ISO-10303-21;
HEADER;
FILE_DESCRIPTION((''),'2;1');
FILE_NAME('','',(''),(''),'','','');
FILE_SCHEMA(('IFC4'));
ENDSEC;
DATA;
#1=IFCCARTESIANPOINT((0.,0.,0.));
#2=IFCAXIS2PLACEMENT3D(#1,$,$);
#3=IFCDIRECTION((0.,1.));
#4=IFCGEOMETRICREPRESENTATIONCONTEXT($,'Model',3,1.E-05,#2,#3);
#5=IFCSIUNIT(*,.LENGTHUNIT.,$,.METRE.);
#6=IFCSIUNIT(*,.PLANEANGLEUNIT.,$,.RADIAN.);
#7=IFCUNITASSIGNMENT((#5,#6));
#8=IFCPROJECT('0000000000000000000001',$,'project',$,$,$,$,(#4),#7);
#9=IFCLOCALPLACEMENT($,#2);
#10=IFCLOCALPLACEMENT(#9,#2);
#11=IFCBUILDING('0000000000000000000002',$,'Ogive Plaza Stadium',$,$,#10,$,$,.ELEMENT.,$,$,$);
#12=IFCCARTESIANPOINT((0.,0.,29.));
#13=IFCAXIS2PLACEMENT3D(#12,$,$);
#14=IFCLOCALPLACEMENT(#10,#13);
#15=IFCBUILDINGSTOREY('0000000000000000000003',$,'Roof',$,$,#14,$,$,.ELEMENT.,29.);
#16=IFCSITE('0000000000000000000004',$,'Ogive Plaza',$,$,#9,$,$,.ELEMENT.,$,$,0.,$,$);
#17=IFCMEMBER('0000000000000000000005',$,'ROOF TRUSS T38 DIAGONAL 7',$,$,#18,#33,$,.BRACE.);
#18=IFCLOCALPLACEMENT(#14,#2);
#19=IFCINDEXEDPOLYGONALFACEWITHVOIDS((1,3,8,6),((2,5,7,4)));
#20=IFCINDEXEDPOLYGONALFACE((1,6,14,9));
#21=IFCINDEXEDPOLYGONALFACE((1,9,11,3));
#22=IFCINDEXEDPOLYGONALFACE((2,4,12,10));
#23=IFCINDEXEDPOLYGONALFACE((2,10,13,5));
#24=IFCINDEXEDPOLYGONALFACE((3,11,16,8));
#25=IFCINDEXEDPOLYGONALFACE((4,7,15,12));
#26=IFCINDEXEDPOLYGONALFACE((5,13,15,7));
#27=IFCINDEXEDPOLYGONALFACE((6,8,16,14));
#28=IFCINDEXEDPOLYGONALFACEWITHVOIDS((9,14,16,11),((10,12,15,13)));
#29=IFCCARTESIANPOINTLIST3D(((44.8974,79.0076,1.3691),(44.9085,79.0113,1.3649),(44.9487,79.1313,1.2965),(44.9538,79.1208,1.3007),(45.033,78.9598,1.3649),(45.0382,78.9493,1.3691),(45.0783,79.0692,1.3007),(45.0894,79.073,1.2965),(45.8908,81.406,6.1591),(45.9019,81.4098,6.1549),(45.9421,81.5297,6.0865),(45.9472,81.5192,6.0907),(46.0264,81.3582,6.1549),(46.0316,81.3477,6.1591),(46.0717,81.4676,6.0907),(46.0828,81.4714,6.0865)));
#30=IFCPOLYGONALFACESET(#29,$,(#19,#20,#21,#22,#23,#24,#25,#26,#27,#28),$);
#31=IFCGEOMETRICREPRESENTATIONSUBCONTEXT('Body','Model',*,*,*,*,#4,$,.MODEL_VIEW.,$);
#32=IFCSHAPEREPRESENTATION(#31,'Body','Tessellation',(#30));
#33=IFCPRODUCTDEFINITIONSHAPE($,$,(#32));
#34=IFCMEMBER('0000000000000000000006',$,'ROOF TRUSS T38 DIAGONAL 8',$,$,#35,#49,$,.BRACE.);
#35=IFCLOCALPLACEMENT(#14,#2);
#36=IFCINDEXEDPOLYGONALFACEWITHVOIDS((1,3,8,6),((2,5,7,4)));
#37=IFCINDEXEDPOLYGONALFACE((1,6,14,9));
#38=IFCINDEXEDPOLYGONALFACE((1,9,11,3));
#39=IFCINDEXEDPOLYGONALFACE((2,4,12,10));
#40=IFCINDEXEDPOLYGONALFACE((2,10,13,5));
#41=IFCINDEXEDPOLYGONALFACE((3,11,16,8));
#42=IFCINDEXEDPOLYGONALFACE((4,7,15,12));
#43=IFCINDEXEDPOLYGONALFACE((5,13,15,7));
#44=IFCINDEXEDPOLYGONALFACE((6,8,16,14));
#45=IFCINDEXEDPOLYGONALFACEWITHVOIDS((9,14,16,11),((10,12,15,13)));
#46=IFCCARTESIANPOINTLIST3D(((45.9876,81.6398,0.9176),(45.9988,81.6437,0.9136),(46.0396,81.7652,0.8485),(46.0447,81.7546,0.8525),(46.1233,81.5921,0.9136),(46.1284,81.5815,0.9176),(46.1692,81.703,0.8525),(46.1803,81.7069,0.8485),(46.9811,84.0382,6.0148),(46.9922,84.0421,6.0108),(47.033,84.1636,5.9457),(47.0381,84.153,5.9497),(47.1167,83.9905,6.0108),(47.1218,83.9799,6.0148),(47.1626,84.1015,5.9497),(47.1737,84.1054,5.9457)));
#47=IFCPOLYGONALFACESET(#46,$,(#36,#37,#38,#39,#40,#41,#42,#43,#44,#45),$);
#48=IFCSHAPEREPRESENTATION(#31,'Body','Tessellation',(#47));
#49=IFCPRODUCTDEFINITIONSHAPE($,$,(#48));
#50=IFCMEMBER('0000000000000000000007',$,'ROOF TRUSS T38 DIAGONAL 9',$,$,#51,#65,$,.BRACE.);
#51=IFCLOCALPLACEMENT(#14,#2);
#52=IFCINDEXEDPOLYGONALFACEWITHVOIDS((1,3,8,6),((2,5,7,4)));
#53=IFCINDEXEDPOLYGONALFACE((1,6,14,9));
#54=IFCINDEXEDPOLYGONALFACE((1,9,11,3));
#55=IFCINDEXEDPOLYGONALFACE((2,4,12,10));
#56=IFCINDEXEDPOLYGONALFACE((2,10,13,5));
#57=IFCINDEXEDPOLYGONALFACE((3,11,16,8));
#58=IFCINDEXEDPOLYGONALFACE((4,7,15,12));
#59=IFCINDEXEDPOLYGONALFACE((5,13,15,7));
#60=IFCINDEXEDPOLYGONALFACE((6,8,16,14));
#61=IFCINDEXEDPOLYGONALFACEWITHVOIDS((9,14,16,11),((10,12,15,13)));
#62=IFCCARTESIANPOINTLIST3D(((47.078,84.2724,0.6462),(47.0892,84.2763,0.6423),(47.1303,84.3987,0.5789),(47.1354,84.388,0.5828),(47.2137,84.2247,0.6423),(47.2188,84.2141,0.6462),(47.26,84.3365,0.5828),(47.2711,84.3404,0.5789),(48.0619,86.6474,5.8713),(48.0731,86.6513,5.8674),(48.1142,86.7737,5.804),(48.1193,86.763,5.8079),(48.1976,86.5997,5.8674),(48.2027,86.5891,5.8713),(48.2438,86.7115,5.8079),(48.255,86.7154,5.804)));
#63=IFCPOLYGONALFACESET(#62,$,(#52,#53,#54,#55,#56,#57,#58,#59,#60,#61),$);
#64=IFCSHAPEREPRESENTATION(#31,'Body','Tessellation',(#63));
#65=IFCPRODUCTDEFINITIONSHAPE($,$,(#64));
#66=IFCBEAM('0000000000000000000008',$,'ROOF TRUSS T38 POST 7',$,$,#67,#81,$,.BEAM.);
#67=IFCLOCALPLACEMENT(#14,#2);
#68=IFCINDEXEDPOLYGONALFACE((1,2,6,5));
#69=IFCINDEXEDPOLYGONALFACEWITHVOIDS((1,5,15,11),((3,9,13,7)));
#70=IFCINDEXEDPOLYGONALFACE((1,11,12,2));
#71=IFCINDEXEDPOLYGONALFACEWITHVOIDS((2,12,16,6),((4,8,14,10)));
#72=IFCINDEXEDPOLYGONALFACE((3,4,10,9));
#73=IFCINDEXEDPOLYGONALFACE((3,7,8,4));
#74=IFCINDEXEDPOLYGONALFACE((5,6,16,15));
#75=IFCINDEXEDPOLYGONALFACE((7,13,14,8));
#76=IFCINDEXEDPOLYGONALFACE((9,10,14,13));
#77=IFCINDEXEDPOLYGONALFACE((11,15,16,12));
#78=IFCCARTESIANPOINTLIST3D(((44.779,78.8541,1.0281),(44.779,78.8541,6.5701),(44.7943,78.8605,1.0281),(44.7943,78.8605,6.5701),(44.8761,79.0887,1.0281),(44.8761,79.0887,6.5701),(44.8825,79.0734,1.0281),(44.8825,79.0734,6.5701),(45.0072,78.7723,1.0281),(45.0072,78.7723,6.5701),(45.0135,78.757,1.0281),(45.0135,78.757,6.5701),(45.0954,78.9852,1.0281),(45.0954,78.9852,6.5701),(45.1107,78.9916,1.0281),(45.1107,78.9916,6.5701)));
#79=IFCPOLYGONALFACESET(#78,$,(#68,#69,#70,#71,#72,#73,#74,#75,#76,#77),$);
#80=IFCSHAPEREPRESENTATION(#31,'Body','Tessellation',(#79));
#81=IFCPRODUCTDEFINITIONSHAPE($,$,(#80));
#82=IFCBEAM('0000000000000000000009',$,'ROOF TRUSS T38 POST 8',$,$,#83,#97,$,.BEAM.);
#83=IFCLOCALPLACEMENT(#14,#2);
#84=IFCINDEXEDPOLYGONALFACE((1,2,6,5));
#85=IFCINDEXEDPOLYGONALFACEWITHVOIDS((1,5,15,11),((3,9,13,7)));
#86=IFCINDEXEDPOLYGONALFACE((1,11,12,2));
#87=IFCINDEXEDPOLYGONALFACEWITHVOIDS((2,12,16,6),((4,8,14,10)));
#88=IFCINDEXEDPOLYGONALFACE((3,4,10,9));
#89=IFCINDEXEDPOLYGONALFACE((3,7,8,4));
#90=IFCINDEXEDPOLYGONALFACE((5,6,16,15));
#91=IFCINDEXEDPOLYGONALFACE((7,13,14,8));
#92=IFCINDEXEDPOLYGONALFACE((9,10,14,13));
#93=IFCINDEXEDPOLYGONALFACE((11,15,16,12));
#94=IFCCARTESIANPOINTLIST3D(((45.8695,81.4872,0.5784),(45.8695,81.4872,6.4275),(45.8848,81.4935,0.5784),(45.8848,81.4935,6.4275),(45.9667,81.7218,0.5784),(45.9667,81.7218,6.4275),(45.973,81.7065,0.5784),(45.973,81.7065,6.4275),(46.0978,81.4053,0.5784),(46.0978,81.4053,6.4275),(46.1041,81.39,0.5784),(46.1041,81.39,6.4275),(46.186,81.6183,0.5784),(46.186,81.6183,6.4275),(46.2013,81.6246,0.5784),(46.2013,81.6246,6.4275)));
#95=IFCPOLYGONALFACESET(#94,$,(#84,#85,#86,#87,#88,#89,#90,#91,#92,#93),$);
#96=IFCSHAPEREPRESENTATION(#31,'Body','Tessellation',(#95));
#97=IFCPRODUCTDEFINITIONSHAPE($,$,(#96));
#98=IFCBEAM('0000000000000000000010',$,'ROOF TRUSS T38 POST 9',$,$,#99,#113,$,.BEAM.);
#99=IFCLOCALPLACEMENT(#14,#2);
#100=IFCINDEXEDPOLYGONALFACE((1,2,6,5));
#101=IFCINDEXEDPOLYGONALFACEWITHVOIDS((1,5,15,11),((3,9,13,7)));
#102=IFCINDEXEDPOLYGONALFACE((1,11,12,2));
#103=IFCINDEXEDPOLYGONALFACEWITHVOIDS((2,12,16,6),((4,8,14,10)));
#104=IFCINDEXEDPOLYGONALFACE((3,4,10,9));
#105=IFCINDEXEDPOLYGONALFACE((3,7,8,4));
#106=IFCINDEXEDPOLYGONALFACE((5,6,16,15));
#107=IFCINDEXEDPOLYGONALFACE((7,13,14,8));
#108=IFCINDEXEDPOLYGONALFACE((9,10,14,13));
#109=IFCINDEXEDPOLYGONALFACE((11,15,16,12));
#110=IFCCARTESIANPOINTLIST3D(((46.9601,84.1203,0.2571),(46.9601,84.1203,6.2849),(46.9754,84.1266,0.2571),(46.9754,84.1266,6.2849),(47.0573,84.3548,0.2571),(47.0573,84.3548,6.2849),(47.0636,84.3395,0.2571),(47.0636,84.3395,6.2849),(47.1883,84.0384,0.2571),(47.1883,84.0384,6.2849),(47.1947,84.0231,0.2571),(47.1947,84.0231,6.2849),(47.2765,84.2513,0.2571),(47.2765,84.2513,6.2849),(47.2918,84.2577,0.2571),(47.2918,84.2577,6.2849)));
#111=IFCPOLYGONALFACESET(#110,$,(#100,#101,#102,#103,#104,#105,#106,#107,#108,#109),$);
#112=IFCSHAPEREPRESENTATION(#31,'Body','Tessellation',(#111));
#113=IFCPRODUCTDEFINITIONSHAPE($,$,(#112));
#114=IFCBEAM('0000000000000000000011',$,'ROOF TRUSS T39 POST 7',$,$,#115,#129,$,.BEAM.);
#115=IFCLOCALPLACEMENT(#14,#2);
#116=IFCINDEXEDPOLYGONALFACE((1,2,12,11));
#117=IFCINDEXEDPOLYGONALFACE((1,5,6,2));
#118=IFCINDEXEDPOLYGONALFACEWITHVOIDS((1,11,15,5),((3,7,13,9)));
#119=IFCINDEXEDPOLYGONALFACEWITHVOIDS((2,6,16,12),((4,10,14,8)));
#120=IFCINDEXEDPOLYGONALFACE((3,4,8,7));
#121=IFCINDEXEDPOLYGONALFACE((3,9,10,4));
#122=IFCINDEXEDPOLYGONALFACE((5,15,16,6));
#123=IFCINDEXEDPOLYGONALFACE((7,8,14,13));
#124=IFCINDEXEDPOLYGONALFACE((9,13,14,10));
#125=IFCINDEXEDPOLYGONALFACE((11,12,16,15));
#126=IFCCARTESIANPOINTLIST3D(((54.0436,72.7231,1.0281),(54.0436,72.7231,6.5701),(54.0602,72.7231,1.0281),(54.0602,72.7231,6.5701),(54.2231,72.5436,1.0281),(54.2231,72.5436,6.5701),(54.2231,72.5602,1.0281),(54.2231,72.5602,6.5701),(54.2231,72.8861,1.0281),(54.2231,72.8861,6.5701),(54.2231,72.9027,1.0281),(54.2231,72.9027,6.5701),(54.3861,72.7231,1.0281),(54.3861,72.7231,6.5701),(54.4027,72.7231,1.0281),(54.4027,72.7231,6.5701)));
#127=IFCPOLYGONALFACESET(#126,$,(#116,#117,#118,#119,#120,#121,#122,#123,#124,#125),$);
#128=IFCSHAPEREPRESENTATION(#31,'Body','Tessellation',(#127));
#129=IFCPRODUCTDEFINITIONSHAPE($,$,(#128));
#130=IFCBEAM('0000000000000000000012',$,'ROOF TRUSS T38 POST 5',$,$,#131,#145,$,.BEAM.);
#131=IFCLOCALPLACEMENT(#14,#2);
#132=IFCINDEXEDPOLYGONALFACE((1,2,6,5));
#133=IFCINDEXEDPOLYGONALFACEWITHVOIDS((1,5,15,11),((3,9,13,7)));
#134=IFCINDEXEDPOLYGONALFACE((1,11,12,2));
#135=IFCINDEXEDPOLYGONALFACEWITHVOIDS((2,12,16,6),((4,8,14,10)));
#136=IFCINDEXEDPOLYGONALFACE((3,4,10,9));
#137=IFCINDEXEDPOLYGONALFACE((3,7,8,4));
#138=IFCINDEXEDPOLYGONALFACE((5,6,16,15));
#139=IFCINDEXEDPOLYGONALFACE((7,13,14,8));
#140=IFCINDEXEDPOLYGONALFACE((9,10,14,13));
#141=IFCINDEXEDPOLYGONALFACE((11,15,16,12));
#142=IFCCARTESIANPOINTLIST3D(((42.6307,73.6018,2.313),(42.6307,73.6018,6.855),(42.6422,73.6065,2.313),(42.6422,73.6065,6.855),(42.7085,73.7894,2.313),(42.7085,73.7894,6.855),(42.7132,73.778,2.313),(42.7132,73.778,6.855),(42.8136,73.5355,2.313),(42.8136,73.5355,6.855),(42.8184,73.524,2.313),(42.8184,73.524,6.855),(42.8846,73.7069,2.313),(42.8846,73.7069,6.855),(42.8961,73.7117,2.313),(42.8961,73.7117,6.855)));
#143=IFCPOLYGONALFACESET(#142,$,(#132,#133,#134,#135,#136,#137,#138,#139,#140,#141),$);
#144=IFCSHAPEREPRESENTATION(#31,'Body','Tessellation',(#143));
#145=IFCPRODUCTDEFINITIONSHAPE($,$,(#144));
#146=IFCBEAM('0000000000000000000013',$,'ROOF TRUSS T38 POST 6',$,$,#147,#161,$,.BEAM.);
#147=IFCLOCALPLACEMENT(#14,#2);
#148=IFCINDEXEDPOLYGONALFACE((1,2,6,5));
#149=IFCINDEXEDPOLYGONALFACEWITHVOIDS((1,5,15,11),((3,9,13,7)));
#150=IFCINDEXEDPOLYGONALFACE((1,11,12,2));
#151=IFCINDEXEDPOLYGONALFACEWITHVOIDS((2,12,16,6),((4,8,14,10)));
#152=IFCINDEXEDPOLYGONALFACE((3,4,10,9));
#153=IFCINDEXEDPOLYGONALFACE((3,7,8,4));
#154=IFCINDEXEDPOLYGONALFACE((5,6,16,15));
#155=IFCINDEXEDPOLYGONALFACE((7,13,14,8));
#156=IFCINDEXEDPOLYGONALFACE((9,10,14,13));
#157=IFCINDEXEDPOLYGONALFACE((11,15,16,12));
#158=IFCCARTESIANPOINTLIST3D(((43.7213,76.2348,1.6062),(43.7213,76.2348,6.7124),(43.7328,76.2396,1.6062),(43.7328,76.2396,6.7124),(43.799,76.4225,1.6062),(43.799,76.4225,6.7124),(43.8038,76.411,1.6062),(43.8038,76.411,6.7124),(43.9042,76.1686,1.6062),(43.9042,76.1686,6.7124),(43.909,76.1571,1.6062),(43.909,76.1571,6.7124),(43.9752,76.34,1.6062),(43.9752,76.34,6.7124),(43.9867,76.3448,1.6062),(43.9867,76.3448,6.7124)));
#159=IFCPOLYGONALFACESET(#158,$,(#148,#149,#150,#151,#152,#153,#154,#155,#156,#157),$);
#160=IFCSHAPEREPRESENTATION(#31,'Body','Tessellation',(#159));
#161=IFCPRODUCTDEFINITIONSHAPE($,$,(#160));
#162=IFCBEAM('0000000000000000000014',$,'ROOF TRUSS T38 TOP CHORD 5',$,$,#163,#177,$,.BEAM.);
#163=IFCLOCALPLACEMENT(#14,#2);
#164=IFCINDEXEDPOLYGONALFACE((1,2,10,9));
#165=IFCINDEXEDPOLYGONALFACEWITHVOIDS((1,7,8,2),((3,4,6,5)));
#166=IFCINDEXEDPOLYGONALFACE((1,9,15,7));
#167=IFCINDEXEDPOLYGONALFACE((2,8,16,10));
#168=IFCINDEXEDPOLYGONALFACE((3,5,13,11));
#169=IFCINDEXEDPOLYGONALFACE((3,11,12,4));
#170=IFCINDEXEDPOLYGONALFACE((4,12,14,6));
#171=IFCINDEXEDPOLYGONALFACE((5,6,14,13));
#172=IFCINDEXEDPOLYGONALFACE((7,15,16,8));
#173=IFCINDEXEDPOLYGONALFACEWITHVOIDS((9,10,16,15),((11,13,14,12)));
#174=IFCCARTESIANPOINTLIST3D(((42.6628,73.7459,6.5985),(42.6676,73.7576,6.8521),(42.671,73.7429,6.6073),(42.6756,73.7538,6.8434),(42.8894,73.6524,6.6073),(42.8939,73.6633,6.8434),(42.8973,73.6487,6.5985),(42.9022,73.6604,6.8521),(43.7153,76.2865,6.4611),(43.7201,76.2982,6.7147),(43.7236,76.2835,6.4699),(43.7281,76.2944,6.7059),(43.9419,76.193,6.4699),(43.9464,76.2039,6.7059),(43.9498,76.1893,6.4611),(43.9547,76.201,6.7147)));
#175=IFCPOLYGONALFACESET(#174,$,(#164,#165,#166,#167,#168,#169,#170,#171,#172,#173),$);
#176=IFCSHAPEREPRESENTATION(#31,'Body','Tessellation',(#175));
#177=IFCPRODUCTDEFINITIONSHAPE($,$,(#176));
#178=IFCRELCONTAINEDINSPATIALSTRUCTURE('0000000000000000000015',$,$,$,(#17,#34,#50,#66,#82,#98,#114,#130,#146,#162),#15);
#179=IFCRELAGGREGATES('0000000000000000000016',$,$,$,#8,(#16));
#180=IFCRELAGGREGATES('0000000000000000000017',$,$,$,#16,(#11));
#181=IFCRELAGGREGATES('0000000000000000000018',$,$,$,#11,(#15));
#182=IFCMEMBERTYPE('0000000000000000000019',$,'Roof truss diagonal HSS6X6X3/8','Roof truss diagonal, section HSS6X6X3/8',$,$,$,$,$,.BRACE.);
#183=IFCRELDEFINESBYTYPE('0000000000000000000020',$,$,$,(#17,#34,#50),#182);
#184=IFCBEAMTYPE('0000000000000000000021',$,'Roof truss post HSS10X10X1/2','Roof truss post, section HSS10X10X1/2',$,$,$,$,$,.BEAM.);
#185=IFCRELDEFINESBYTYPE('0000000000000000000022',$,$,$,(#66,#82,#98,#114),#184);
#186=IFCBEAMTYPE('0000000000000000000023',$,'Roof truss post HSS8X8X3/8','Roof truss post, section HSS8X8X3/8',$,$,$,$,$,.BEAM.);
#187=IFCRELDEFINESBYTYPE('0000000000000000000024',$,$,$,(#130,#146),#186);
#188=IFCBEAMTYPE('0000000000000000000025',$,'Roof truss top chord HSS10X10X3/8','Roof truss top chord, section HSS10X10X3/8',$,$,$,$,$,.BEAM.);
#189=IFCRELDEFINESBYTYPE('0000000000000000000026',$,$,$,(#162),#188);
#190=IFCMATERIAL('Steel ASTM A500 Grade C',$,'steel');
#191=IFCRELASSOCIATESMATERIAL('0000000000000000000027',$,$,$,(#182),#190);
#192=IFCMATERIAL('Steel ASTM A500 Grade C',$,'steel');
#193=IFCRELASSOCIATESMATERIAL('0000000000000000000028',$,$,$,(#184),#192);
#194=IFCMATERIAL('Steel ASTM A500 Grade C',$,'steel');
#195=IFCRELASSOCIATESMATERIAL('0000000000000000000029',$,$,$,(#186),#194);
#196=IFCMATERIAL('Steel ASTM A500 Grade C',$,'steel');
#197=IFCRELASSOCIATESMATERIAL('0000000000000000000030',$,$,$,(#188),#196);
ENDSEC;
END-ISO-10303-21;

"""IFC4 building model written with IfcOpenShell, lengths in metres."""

from ifc_helpers import new_model, si_unit, direction, frame, origin, origin_2d, place, context, subcontext, project, spatial, hollow_rectangle, extrude, material, material_profile, profile_set, type_object, element, save


model = new_model("IFC4")

# Units and contexts
model_context = context("Model", 3, precision=1e-05, world=origin(), true_north=direction((0.0, 1.0)))
body_context = subcontext(model_context, "Body", "Model", "MODEL_VIEW")
ifc_project = project(units=[si_unit("LENGTHUNIT", "METRE"), si_unit("PLANEANGLEUNIT", "RADIAN")], contexts=[model_context])

# Site, building, storey
site_placement = place(None, origin())
site = spatial("IfcSite", under=ifc_project, at=site_placement, Name="Ogive Plaza", CompositionType="ELEMENT", RefElevation=0.0)
building_placement = place(site_placement, origin())
building = spatial("IfcBuilding", under=site, at=building_placement, Name="Ogive Plaza Stadium", CompositionType="ELEMENT")
storey_placement = place(building_placement, frame((0.0, 0.0, 29.0)))
storey = spatial("IfcBuildingStorey", under=building, at=storey_placement, Name="Roof", CompositionType="ELEMENT", Elevation=29.0)

# Members
ifc_material_1 = material(Name="Steel ASTM A500 Grade C", Category="steel")
ifc_material_profile_1 = material_profile(ifc_material_1, hollow_rectangle(XDim=0.1523, YDim=0.1523, WallThickness=0.0088, at=origin_2d()), Name="HSS6X6X3/8")
ifc_profile_set_1 = profile_set([ifc_material_profile_1], Name="Steel ASTM A500 Grade C")
member_type_1 = type_object("IfcMemberType", Name="Roof truss diagonal HSS6X6X3/8", Description="Roof truss diagonal, section HSS6X6X3/8", PredefinedType="BRACE", material=ifc_profile_set_1)
member_1_placement = place(storey_placement, frame((44.9934, 79.0403, 1.3328), z_axis=(0.182334, 0.440219, 0.879183), x_axis=(-0.923887, 0.382665, 0.0)))
element("IfcMember", 1, at=member_1_placement, inside=storey, type_object=member_type_1, Name="ROOF TRUSS T38 DIAGONAL 7", PredefinedType="BRACE", context=body_context, shape_type="SweptSolid", body=[
    extrude(hollow_rectangle(XDim=0.1523, YDim=0.1523, WallThickness=0.0088, at=origin_2d()), origin(), (0.0, 0.0, 1.0), 5.4482),
])
member_2_placement = place(storey_placement, frame((46.084, 81.6733, 0.8831), z_axis=(0.173667, 0.419294, 0.891085), x_axis=(-0.923887, 0.382665, 0.0)))
element("IfcMember", 2, at=member_2_placement, inside=storey, type_object=member_type_1, Name="ROOF TRUSS T38 DIAGONAL 8", PredefinedType="BRACE", context=body_context, shape_type="SweptSolid", body=[
    extrude(hollow_rectangle(XDim=0.1523, YDim=0.1523, WallThickness=0.0088, at=origin_2d()), origin(), (0.0, 0.0, 1.0), 5.7202),
])
member_3_placement = place(storey_placement, frame((47.1746, 84.3064, 0.6125), z_axis=(0.168958, 0.407847, 0.897281), x_axis=(-0.923862, 0.382726, 0.0)))
element("IfcMember", 3, at=member_3_placement, inside=storey, type_object=member_type_1, Name="ROOF TRUSS T38 DIAGONAL 9", PredefinedType="BRACE", context=body_context, shape_type="SweptSolid", body=[
    extrude(hollow_rectangle(XDim=0.1523, YDim=0.1523, WallThickness=0.0088, at=origin_2d()), origin(), (0.0, 0.0, 1.0), 5.8232),
])

# Beams
ifc_material_2 = material(Name="Steel ASTM A500 Grade C", Category="steel")
ifc_material_profile_2 = material_profile(ifc_material_2, hollow_rectangle(XDim=0.2539, YDim=0.2539, WallThickness=0.0117, at=origin_2d()), Name="HSS10X10X1/2")
ifc_profile_set_2 = profile_set([ifc_material_profile_2], Name="Steel ASTM A500 Grade C")
beam_type_1 = type_object("IfcBeamType", Name="Roof truss post HSS10X10X1/2", Description="Roof truss post, section HSS10X10X1/2", PredefinedType="BEAM", material=ifc_profile_set_2)
beam_1_placement = place(storey_placement, frame((44.9448, 78.9229, 1.0281), z_axis=(0.0, 0.0, 1.0), x_axis=(-0.92388, 0.382683, 0.0)))
element("IfcBeam", 4, at=beam_1_placement, inside=storey, type_object=beam_type_1, Name="ROOF TRUSS T38 POST 7", PredefinedType="BEAM", context=body_context, shape_type="SweptSolid", body=[
    extrude(hollow_rectangle(XDim=0.2539, YDim=0.2539, WallThickness=0.0117, at=origin_2d()), origin(), (0.0, 0.0, 1.0), 5.542),
])
beam_2_placement = place(storey_placement, frame((46.0354, 81.5559, 0.5784), z_axis=(0.0, 0.0, 1.0), x_axis=(-0.92388, 0.382683, 0.0)))
element("IfcBeam", 5, at=beam_2_placement, inside=storey, type_object=beam_type_1, Name="ROOF TRUSS T38 POST 8", PredefinedType="BEAM", context=body_context, shape_type="SweptSolid", body=[
    extrude(hollow_rectangle(XDim=0.2539, YDim=0.2539, WallThickness=0.0117, at=origin_2d()), origin(), (0.0, 0.0, 1.0), 5.8491),
])
beam_3_placement = place(storey_placement, frame((47.126, 84.189, 0.2571), z_axis=(0.0, 0.0, 1.0), x_axis=(-0.92388, 0.382683, 0.0)))
element("IfcBeam", 6, at=beam_3_placement, inside=storey, type_object=beam_type_1, Name="ROOF TRUSS T38 POST 9", PredefinedType="BEAM", context=body_context, shape_type="SweptSolid", body=[
    extrude(hollow_rectangle(XDim=0.2539, YDim=0.2539, WallThickness=0.0117, at=origin_2d()), origin(), (0.0, 0.0, 1.0), 6.0278),
])
beam_4_placement = place(storey_placement, frame((54.2231, 72.7231, 1.0281), z_axis=(0.0, 0.0, 1.0), x_axis=(-0.707107, 0.707107, 0.0)))
element("IfcBeam", 7, at=beam_4_placement, inside=storey, type_object=beam_type_1, Name="ROOF TRUSS T39 POST 7", PredefinedType="BEAM", context=body_context, shape_type="SweptSolid", body=[
    extrude(hollow_rectangle(XDim=0.2539, YDim=0.2539, WallThickness=0.0117, at=origin_2d()), origin(), (0.0, 0.0, 1.0), 5.542),
])
ifc_material_3 = material(Name="Steel ASTM A500 Grade C", Category="steel")
ifc_material_profile_3 = material_profile(ifc_material_3, hollow_rectangle(XDim=0.2031, YDim=0.2031, WallThickness=0.0088, at=origin_2d()), Name="HSS8X8X3/8")
ifc_profile_set_3 = profile_set([ifc_material_profile_3], Name="Steel ASTM A500 Grade C")
beam_type_2 = type_object("IfcBeamType", Name="Roof truss post HSS8X8X3/8", Description="Roof truss post, section HSS8X8X3/8", PredefinedType="BEAM", material=ifc_profile_set_3)
beam_5_placement = place(storey_placement, frame((42.7634, 73.6567, 2.313), z_axis=(0.0, 0.0, 1.0), x_axis=(-0.92388, 0.382683, 0.0)))
element("IfcBeam", 8, at=beam_5_placement, inside=storey, type_object=beam_type_2, Name="ROOF TRUSS T38 POST 5", PredefinedType="BEAM", context=body_context, shape_type="SweptSolid", body=[
    extrude(hollow_rectangle(XDim=0.2031, YDim=0.2031, WallThickness=0.0088, at=origin_2d()), origin(), (0.0, 0.0, 1.0), 4.542),
])
beam_6_placement = place(storey_placement, frame((43.854, 76.2898, 1.6062), z_axis=(0.0, 0.0, 1.0), x_axis=(-0.92388, 0.382683, 0.0)))
element("IfcBeam", 9, at=beam_6_placement, inside=storey, type_object=beam_type_2, Name="ROOF TRUSS T38 POST 6", PredefinedType="BEAM", context=body_context, shape_type="SweptSolid", body=[
    extrude(hollow_rectangle(XDim=0.2031, YDim=0.2031, WallThickness=0.0088, at=origin_2d()), origin(), (0.0, 0.0, 1.0), 5.1062),
])
ifc_material_4 = material(Name="Steel ASTM A500 Grade C", Category="steel")
ifc_material_profile_4 = material_profile(ifc_material_4, hollow_rectangle(XDim=0.2539, YDim=0.2539, WallThickness=0.0088, at=origin_2d()), Name="HSS10X10X3/8")
ifc_profile_set_4 = profile_set([ifc_material_profile_4], Name="Steel ASTM A500 Grade C")
beam_type_3 = type_object("IfcBeamType", Name="Roof truss top chord HSS10X10X3/8", Description="Roof truss top chord, section HSS10X10X3/8", PredefinedType="BEAM", material=ifc_profile_set_4)
beam_7_placement = place(storey_placement, frame((42.7825, 73.7031, 6.7253), z_axis=(0.382259, 0.922706, -0.049922), x_axis=(-0.923858, 0.382736, 0.0)))
element("IfcBeam", 10, at=beam_7_placement, inside=storey, type_object=beam_type_3, Name="ROOF TRUSS T38 TOP CHORD 5", PredefinedType="BEAM", context=body_context, shape_type="SweptSolid", body=[
    extrude(hollow_rectangle(XDim=0.2539, YDim=0.2539, WallThickness=0.0088, at=origin_2d()), origin(), (0.0, 0.0, 1.0), 2.7534),
])

save(model, "model.ifc")
